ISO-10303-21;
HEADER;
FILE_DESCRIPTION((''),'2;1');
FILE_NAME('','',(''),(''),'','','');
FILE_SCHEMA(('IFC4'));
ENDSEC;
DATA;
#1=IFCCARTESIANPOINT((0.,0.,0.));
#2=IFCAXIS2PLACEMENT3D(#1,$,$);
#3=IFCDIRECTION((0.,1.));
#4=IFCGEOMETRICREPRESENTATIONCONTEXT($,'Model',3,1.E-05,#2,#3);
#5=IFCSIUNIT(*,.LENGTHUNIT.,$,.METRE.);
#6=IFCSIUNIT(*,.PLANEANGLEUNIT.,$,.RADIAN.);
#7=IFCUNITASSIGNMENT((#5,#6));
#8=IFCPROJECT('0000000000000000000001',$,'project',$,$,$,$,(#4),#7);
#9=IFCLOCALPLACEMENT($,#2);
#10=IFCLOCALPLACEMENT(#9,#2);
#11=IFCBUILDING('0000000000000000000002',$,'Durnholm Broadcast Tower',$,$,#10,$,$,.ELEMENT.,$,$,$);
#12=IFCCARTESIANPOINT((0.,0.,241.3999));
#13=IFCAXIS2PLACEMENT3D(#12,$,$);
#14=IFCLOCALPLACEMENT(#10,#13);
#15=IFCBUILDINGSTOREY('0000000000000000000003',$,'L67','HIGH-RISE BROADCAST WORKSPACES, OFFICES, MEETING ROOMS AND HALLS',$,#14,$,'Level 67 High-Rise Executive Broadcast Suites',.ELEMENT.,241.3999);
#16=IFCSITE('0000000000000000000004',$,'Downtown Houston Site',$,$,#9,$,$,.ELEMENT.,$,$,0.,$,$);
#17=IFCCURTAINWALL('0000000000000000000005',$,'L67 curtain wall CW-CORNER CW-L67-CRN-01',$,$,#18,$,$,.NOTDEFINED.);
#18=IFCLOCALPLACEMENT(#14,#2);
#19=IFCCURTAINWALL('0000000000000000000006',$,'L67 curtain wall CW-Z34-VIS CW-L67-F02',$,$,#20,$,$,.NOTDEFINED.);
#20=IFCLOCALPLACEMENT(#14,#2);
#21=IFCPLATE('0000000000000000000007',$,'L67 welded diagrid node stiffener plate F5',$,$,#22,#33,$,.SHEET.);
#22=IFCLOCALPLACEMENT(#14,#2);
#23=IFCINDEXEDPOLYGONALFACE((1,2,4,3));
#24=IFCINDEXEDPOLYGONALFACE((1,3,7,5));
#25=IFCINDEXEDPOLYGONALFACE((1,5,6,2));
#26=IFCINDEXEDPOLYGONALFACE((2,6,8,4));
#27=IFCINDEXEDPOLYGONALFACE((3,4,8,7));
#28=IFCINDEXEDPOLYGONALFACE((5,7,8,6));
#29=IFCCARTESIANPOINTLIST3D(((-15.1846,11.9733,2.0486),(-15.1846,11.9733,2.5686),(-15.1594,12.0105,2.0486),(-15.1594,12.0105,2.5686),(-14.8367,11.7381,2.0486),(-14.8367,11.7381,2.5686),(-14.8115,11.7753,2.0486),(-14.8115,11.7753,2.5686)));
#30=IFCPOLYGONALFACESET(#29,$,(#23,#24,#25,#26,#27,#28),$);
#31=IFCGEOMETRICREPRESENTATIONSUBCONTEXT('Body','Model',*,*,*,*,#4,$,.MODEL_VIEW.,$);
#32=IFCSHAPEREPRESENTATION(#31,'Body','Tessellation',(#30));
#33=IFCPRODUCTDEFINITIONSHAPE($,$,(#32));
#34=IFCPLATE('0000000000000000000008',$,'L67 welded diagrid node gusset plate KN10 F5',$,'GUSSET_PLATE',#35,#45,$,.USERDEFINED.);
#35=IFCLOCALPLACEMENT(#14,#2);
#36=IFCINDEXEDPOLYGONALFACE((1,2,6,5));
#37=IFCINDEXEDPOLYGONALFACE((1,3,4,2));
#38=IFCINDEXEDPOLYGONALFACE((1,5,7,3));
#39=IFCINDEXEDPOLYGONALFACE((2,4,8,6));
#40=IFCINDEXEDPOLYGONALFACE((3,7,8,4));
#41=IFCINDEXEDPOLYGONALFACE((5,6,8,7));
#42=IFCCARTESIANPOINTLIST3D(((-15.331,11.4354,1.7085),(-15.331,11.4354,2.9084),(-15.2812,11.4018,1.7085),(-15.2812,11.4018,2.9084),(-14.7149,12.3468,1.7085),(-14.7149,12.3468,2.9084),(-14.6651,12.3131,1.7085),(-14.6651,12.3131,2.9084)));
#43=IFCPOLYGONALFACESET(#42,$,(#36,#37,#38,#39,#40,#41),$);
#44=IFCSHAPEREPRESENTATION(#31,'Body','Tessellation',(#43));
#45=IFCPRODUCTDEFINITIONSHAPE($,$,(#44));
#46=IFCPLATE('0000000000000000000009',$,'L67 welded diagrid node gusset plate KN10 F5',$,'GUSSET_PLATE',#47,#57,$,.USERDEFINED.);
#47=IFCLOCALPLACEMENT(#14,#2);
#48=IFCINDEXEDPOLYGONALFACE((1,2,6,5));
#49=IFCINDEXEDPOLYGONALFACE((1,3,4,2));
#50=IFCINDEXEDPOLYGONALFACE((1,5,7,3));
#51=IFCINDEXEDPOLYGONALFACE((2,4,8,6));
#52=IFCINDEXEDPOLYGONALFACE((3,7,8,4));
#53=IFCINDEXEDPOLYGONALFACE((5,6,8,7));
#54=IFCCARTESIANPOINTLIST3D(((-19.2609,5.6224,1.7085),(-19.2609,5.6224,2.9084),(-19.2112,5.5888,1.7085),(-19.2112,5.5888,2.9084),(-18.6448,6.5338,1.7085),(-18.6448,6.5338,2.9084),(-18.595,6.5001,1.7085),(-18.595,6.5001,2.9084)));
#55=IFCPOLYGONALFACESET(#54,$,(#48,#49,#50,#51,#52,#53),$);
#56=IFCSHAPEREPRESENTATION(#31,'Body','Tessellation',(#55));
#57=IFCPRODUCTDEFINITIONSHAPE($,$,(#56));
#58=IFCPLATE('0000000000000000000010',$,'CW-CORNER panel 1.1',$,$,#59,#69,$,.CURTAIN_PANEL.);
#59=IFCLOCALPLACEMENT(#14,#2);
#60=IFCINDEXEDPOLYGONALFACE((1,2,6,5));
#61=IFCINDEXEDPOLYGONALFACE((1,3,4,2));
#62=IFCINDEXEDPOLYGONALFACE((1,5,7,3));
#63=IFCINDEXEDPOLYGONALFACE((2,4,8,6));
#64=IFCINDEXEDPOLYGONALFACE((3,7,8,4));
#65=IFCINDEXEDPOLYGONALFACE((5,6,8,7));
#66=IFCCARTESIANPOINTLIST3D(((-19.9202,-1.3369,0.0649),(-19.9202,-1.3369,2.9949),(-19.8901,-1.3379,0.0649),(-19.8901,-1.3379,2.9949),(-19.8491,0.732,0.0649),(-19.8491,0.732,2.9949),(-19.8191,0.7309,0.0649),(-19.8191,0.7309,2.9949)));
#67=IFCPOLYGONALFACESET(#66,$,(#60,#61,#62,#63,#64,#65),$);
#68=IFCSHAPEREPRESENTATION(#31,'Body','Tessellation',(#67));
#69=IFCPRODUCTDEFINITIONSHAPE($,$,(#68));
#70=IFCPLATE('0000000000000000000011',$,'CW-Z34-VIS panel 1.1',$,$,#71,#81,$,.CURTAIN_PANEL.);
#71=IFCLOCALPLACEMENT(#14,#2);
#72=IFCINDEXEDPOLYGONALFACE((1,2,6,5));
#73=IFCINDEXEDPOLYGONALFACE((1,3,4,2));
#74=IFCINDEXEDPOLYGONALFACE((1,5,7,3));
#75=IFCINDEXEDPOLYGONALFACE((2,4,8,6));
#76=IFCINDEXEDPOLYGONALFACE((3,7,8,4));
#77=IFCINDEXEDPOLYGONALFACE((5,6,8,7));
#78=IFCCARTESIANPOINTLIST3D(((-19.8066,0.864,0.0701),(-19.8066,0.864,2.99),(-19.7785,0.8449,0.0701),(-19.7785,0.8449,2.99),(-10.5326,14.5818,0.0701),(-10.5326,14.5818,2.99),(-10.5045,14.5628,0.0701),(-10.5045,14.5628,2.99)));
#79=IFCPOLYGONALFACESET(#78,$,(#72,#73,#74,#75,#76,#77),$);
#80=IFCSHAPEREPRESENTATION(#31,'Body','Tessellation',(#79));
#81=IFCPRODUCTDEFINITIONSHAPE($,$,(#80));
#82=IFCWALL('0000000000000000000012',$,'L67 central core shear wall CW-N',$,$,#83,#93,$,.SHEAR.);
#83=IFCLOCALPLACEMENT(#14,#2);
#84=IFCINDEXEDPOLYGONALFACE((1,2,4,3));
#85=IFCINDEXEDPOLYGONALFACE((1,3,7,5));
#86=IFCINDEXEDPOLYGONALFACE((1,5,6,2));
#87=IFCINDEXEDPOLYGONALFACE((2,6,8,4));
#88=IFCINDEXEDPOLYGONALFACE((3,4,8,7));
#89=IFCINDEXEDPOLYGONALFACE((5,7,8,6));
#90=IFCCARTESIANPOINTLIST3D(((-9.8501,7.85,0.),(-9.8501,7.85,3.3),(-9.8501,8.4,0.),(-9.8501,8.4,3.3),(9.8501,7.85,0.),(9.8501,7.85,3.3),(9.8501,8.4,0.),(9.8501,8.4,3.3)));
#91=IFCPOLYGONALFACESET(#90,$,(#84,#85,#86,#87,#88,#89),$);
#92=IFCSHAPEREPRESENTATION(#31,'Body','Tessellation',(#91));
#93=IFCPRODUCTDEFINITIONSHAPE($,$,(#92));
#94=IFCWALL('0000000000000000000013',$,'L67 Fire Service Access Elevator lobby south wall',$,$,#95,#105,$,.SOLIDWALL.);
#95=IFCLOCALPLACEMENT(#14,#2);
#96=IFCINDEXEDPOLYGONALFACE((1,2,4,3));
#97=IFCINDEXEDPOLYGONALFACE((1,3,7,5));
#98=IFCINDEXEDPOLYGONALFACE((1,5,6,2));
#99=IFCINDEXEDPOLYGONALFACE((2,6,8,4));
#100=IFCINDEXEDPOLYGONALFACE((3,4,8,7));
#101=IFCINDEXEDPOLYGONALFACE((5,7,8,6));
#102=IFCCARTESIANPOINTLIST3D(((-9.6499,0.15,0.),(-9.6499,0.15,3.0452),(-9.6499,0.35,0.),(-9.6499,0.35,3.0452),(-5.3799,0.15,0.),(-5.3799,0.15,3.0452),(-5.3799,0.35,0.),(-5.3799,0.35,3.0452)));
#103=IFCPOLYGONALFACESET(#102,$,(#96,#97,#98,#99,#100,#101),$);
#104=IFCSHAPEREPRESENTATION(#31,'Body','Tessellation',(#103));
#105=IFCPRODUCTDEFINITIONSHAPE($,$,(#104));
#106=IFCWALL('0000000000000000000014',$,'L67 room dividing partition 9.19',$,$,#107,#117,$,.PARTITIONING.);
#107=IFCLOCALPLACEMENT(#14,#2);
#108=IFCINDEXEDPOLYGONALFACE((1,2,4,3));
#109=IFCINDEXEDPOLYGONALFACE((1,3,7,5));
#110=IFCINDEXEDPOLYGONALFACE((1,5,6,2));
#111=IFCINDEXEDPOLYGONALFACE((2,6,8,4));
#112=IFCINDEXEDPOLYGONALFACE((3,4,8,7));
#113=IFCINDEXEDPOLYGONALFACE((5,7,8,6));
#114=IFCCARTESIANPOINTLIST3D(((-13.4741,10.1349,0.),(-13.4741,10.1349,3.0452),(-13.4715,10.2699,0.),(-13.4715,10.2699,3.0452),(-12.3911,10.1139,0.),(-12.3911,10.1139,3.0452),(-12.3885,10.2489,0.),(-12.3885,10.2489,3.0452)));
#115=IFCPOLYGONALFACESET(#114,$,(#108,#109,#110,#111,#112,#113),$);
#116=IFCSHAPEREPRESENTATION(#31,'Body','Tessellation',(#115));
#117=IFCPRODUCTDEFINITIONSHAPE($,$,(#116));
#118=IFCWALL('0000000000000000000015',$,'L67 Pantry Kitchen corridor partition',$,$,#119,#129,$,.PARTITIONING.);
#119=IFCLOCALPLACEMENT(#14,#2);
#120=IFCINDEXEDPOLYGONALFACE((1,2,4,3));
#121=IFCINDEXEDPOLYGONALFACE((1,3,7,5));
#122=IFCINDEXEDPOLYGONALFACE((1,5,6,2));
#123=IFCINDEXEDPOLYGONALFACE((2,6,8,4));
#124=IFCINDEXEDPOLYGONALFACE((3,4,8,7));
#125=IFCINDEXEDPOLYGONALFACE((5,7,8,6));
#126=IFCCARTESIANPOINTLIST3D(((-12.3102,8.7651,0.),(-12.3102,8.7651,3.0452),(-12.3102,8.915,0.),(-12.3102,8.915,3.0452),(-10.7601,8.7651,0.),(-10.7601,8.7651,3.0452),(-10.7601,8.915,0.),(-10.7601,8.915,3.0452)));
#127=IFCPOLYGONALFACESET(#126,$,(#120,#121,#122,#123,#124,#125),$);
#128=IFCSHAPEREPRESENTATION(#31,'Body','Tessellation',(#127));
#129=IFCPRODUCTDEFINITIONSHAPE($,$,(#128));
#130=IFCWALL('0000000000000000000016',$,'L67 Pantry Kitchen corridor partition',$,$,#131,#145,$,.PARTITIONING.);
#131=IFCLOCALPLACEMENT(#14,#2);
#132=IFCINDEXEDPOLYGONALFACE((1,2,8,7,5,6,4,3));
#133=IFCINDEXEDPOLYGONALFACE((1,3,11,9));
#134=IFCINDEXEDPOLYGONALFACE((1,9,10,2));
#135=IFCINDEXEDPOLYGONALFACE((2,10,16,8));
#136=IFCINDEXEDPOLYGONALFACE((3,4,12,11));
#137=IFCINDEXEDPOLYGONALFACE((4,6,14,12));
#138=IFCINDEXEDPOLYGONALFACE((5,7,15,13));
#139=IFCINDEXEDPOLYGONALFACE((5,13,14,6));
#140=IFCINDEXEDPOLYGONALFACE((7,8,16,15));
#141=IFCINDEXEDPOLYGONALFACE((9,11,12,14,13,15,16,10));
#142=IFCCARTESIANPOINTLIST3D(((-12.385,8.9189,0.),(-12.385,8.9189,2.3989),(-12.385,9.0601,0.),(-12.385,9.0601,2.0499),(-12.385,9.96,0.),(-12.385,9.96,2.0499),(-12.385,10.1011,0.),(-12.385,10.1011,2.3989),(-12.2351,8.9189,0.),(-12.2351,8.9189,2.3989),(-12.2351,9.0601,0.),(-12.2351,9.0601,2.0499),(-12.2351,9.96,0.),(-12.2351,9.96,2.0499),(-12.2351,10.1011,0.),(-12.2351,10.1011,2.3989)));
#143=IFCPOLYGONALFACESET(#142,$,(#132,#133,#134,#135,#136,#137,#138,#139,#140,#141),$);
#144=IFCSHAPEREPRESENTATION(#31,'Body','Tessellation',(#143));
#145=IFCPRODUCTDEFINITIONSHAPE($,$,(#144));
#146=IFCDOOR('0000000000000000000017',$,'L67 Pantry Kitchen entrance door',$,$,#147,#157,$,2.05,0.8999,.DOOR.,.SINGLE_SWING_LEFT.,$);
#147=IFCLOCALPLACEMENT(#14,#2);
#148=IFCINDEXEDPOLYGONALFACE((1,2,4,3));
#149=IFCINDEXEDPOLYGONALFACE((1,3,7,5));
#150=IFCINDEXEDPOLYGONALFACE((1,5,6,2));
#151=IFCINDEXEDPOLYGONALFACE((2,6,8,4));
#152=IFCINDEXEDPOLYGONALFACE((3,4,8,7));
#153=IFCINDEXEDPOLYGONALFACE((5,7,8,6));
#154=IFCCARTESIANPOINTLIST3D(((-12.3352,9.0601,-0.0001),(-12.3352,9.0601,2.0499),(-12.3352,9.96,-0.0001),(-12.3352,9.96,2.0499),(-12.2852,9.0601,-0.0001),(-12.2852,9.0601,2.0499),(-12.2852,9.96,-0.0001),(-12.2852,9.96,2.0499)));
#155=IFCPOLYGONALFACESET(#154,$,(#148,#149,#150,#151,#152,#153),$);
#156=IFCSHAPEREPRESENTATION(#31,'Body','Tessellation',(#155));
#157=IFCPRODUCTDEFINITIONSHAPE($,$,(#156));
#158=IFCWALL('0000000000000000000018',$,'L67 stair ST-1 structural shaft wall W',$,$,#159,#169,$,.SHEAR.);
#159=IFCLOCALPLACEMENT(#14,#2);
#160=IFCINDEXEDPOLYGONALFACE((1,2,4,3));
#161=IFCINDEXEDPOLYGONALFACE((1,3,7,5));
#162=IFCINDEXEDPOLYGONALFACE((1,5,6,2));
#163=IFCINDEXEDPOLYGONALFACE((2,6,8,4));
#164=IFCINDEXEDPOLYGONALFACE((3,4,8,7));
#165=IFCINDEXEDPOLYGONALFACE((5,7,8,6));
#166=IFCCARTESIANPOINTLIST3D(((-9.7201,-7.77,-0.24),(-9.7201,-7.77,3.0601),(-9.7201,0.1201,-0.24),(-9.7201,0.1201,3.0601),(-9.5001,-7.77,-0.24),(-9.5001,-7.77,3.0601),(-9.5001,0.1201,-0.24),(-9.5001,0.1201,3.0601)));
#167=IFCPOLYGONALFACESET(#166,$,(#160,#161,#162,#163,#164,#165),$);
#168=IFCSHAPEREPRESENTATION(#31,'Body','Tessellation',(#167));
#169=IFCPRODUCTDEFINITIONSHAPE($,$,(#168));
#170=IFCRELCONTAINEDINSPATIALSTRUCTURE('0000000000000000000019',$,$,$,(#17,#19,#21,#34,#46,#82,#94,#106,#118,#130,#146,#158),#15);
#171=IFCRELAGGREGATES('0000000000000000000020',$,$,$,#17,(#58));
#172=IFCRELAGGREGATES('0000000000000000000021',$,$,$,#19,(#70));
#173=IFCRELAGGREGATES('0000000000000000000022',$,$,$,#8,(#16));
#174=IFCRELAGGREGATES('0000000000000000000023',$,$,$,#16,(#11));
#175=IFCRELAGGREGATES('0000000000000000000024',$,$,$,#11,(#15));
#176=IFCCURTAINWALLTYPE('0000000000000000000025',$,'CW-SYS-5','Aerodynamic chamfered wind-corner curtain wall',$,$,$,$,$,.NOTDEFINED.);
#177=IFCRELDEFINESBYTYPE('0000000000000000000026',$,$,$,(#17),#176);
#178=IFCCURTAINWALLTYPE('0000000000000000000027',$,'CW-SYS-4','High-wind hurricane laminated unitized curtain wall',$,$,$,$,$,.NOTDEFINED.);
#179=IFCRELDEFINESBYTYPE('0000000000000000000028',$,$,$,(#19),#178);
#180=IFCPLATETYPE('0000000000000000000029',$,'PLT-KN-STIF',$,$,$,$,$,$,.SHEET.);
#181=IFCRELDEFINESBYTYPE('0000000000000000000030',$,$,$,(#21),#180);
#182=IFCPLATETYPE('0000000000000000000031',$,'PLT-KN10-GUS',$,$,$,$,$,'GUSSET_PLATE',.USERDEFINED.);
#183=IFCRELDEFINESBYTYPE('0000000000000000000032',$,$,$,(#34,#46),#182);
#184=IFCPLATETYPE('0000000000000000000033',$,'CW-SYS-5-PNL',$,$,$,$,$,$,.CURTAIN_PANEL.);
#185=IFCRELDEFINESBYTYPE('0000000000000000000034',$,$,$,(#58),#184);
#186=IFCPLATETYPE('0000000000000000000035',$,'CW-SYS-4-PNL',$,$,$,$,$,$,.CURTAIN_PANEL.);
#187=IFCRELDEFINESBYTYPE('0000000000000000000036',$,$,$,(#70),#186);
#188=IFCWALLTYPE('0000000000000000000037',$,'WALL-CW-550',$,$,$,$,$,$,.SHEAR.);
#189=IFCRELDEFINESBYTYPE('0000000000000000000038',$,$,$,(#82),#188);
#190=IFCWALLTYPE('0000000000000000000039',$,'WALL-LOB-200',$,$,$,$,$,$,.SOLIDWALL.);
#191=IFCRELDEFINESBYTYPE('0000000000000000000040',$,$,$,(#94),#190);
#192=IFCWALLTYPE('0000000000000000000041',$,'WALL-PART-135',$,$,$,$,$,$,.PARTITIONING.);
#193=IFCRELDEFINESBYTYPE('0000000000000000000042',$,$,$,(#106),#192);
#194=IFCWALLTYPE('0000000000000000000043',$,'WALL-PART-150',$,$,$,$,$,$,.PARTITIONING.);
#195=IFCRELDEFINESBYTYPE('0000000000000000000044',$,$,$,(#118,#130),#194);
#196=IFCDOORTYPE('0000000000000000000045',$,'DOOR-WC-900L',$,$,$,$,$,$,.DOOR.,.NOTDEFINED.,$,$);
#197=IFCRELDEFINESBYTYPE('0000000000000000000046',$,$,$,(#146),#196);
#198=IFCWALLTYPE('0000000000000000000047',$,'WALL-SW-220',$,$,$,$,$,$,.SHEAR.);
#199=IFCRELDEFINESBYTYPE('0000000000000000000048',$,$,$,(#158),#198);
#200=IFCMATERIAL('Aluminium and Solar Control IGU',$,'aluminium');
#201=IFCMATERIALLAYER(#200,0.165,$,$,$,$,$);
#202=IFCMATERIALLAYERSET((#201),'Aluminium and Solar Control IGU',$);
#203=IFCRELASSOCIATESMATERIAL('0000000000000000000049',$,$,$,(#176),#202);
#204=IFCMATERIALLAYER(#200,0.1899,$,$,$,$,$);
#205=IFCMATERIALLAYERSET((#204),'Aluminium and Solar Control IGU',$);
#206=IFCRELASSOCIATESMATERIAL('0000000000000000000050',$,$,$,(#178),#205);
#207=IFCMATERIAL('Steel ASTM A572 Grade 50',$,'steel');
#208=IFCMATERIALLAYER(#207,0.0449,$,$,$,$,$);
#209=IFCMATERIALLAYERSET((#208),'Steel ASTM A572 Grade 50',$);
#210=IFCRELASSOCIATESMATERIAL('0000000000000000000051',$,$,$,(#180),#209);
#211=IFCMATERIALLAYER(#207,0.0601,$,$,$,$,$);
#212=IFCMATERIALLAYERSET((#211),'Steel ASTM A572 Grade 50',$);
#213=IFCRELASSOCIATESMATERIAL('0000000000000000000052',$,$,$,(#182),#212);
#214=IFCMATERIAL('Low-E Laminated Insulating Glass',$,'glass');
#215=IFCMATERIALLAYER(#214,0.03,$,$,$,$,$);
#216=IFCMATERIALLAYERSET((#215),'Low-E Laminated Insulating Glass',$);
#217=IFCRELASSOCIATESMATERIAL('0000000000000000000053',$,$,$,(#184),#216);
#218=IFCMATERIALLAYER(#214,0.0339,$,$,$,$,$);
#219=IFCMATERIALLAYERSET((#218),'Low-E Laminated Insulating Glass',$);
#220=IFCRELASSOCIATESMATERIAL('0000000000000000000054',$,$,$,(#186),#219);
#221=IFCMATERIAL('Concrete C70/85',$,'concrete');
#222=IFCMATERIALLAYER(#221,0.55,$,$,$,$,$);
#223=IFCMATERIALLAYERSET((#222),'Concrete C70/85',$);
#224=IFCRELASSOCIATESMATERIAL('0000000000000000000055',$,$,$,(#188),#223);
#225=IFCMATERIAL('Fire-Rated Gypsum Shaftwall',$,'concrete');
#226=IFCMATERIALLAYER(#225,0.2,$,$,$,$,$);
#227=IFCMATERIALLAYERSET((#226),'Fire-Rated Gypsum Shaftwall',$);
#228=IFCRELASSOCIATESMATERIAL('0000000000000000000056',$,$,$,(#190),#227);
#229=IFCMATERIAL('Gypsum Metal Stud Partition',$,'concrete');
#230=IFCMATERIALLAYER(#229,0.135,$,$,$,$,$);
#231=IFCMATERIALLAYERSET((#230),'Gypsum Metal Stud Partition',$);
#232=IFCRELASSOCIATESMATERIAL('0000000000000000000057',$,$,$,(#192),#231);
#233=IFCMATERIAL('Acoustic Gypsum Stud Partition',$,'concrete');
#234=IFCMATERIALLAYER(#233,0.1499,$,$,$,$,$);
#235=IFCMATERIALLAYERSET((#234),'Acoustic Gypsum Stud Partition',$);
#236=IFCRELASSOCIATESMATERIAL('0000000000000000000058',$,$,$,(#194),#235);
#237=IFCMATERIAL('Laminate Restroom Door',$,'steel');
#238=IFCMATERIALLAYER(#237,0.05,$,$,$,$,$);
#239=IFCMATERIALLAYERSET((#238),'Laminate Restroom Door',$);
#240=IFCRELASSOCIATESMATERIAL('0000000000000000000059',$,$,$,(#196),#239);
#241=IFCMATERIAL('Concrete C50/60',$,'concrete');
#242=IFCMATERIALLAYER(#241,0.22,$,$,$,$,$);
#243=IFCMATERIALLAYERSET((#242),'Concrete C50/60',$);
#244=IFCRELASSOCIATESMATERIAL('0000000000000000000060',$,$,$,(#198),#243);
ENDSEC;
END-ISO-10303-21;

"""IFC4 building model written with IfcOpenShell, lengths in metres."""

from ifc_helpers import new_model, si_unit, direction, frame, frame_2d, origin, origin_2d, place, context, subcontext, project, spatial, rectangle, extrude, source, transform, mapped, material, layer, layer_set, type_object, type_shapes, element, fill, aggregate, save


model = new_model("IFC4")

# Units and contexts
model_context = context("Model", 3, precision=1e-05, world=origin(), true_north=direction((0.0, 1.0)))
body_context = subcontext(model_context, "Body", "Model", "MODEL_VIEW")
ifc_project = project(units=[si_unit("LENGTHUNIT", "METRE"), si_unit("PLANEANGLEUNIT", "RADIAN")], contexts=[model_context])

# Site, building, storey
site_placement = place(None, origin())
site = spatial("IfcSite", under=ifc_project, at=site_placement, Name="Downtown Houston Site", CompositionType="ELEMENT", RefElevation=0.0)
building_placement = place(site_placement, origin())
building = spatial("IfcBuilding", under=site, at=building_placement, Name="Durnholm Broadcast Tower", CompositionType="ELEMENT")
storey_placement = place(building_placement, frame((0.0, 0.0, 241.3999)))
storey = spatial("IfcBuildingStorey", under=building, at=storey_placement, Name="L67", Description="HIGH-RISE BROADCAST WORKSPACES, OFFICES, MEETING ROOMS AND HALLS", LongName="Level 67 High-Rise Executive Broadcast Suites", CompositionType="ELEMENT", Elevation=241.3999)

# Shared definitions
ifc_material_1 = material(Name="Concrete C70/85", Category="concrete")

# Shared definitions
ifc_material_2 = material(Name="Aluminium and Solar Control IGU", Category="aluminium")
ifc_layer_1 = layer(ifc_material_2, 0.165)
ifc_layer_set_1 = layer_set([ifc_layer_1], Name="Aluminium and Solar Control IGU")
curtain_wall_type_1 = type_object("IfcCurtainWallType", Name="CW-SYS-5", Description="Aerodynamic chamfered wind-corner curtain wall", PredefinedType="NOTDEFINED", material=ifc_layer_set_1)

# Curtain wall
curtain_wall_1_placement = place(storey_placement, origin())
curtain_wall_1 = element("IfcCurtainWall", 1, at=curtain_wall_1_placement, inside=storey, type_object=curtain_wall_type_1, Name="L67 curtain wall CW-CORNER CW-L67-CRN-01", PredefinedType="NOTDEFINED")

# Curtain wall
ifc_layer_2 = layer(ifc_material_2, 0.1899)
ifc_layer_set_2 = layer_set([ifc_layer_2], Name="Aluminium and Solar Control IGU")
curtain_wall_type_2 = type_object("IfcCurtainWallType", Name="CW-SYS-4", Description="High-wind hurricane laminated unitized curtain wall", PredefinedType="NOTDEFINED", material=ifc_layer_set_2)
curtain_wall_2_placement = place(storey_placement, origin())
curtain_wall_2 = element("IfcCurtainWall", 2, at=curtain_wall_2_placement, inside=storey, type_object=curtain_wall_type_2, Name="L67 curtain wall CW-Z34-VIS CW-L67-F02", PredefinedType="NOTDEFINED")

# Plates
ifc_material_3 = material(Name="Steel ASTM A572 Grade 50", Category="steel")
ifc_layer_3 = layer(ifc_material_3, 0.0449)
ifc_layer_set_3 = layer_set([ifc_layer_3], Name="Steel ASTM A572 Grade 50")
plate_type_1 = type_object("IfcPlateType", Name="PLT-KN-STIF", PredefinedType="SHEET", material=ifc_layer_set_3)
shared_shape_1 = source(origin(), body_context, "Body", "SweptSolid", [
    extrude(rectangle(XDim=0.0449, YDim=0.4199, at=origin_2d()), origin(), (0.0, 0.0, 1.0), 0.52),
])
type_shapes(plate_type_1, [shared_shape_1])
plate_1_placement = place(storey_placement, frame((-14.998, 11.8743, 2.0486), z_axis=(0.0, 0.0, 1.0), x_axis=(-0.560061, -0.828452, 0.0)))
element("IfcPlate", 3, at=plate_1_placement, inside=storey, type_object=plate_type_1, Name="L67 welded diagrid node stiffener plate F5", PredefinedType="SHEET", context=body_context, shape_type="MappedRepresentation", body=[
    mapped(shared_shape_1, transform((0.0, 0.0, 0.0), x_axis=(1.0, 0.0, 0.0), y_axis=(0.0, 1.0, 0.0), z_axis=(0.0, 0.0, 1.0), scale=1.0)),
])
ifc_layer_4 = layer(ifc_material_3, 0.0601)
ifc_layer_set_4 = layer_set([ifc_layer_4], Name="Steel ASTM A572 Grade 50")
plate_type_2 = type_object("IfcPlateType", Name="PLT-KN10-GUS", ElementType="GUSSET_PLATE", PredefinedType="USERDEFINED", material=ifc_layer_set_4)
shared_shape_2 = source(origin(), body_context, "Body", "SweptSolid", [
    extrude(rectangle(XDim=1.1001, YDim=0.0601, at=origin_2d()), origin(), (0.0, 0.0, 1.0), 1.2),
])
type_shapes(plate_type_2, [shared_shape_2])
for number, where, z_axis, x_axis, name in (
    (4, (-14.998, 11.8743, 1.7085), (0.0, 0.0, 1.0), (-0.560061, -0.828452, 0.0), "L67 welded diagrid node gusset plate KN10 F5"),
    (5, (-18.928, 6.0613, 1.7085), (0.0, 0.0, 1.0), (-0.560061, -0.828452, 0.0), "L67 welded diagrid node gusset plate KN10 F5"),
):
    element("IfcPlate", number, at=place(storey_placement, frame(where, z_axis=z_axis, x_axis=x_axis)), inside=storey, type_object=plate_type_2, Name=name, ObjectType="GUSSET_PLATE", PredefinedType="USERDEFINED", context=body_context, shape_type="MappedRepresentation", body=[
        mapped(shared_shape_2, transform((0.0, 0.0, 0.0), x_axis=(1.0, 0.0, 0.0), y_axis=(0.0, 1.0, 0.0), z_axis=(0.0, 0.0, 1.0), scale=1.0)),
    ])

# Plates
ifc_material_4 = material(Name="Low-E Laminated Insulating Glass", Category="glass")
ifc_layer_5 = layer(ifc_material_4, 0.03)
ifc_layer_set_5 = layer_set([ifc_layer_5], Name="Low-E Laminated Insulating Glass")
plate_type_3 = type_object("IfcPlateType", Name="CW-SYS-5-PNL", PredefinedType="CURTAIN_PANEL", material=ifc_layer_set_5)
shared_shape_3 = source(origin(), body_context, "Body", "SweptSolid", [
    extrude(rectangle(XDim=2.0701, YDim=0.03, at=origin_2d()), origin(), (0.0, 0.0, 1.0), 2.9299),
])
type_shapes(plate_type_3, [shared_shape_3])
plate_2_placement = place(storey_placement, frame((-19.8696, -0.303, 0.0649), z_axis=(0.0, 0.0, 1.0), x_axis=(0.034318, 0.999411, 0.0)))
plate_2 = element("IfcPlate", 6, at=plate_2_placement, type_object=plate_type_3, Name="CW-CORNER panel 1.1", PredefinedType="CURTAIN_PANEL", context=body_context, shape_type="MappedRepresentation", body=[
    mapped(shared_shape_3, transform((0.0, 0.0, 0.0), x_axis=(1.0, 0.0, 0.0), y_axis=(0.0, 1.0, 0.0), z_axis=(0.0, 0.0, 1.0), scale=1.0)),
])
aggregate(curtain_wall_1, [plate_2])
ifc_layer_6 = layer(ifc_material_4, 0.0339)
ifc_layer_set_6 = layer_set([ifc_layer_6], Name="Low-E Laminated Insulating Glass")
plate_type_4 = type_object("IfcPlateType", Name="CW-SYS-4-PNL", PredefinedType="CURTAIN_PANEL", material=ifc_layer_set_6)
shared_shape_4 = source(origin(), body_context, "Body", "SweptSolid", [
    extrude(rectangle(XDim=16.5586, YDim=0.0339, at=origin_2d()), origin(), (0.0, 0.0, 1.0), 2.9199),
])
type_shapes(plate_type_4, [shared_shape_4])
plate_3_placement = place(storey_placement, frame((-15.1555, 7.7134, 0.0701), z_axis=(0.0, 0.0, 1.0), x_axis=(0.560073, 0.828443, 0.0)))
plate_3 = element("IfcPlate", 7, at=plate_3_placement, type_object=plate_type_4, Name="CW-Z34-VIS panel 1.1", PredefinedType="CURTAIN_PANEL", context=body_context, shape_type="MappedRepresentation", body=[
    mapped(shared_shape_4, transform((0.0, 0.0, 0.0), x_axis=(1.0, 0.0, 0.0), y_axis=(0.0, 1.0, 0.0), z_axis=(0.0, 0.0, 1.0), scale=1.0)),
])
aggregate(curtain_wall_2, [plate_3])

# Walls
ifc_layer_7 = layer(ifc_material_1, 0.55)
ifc_layer_set_7 = layer_set([ifc_layer_7], Name="Concrete C70/85")
wall_type_1 = type_object("IfcWallType", Name="WALL-CW-550", PredefinedType="SHEAR", material=ifc_layer_set_7)
wall_1_placement = place(storey_placement, frame((-9.8501, 8.125, 0.0), z_axis=(0.0, 0.0, 1.0), x_axis=(1.0, 0.0, 0.0)))
element("IfcWall", 8, at=wall_1_placement, inside=storey, type_object=wall_type_1, Name="L67 central core shear wall CW-N", PredefinedType="SHEAR", context=body_context, shape_type="SweptSolid", body=[
    extrude(rectangle(XDim=19.7002, YDim=0.55, at=frame_2d((9.8501, 0.0))), origin(), (0.0, 0.0, 1.0), 3.3),
])
ifc_material_5 = material(Name="Fire-Rated Gypsum Shaftwall", Category="concrete")
ifc_layer_8 = layer(ifc_material_5, 0.2)
ifc_layer_set_8 = layer_set([ifc_layer_8], Name="Fire-Rated Gypsum Shaftwall")
wall_type_2 = type_object("IfcWallType", Name="WALL-LOB-200", PredefinedType="SOLIDWALL", material=ifc_layer_set_8)
wall_2_placement = place(storey_placement, frame((-9.6499, 0.25, 0.0), z_axis=(0.0, 0.0, 1.0), x_axis=(1.0, 0.0, 0.0)))
element("IfcWall", 9, at=wall_2_placement, inside=storey, type_object=wall_type_2, Name="L67 Fire Service Access Elevator lobby south wall", PredefinedType="SOLIDWALL", context=body_context, shape_type="SweptSolid", body=[
    extrude(rectangle(XDim=4.27, YDim=0.2, at=frame_2d((2.135, 0.0))), origin(), (0.0, 0.0, 1.0), 3.0452),
])
ifc_material_6 = material(Name="Gypsum Metal Stud Partition", Category="concrete")
ifc_layer_9 = layer(ifc_material_6, 0.135)
ifc_layer_set_9 = layer_set([ifc_layer_9], Name="Gypsum Metal Stud Partition")
wall_type_3 = type_object("IfcWallType", Name="WALL-PART-135", PredefinedType="PARTITIONING", material=ifc_layer_set_9)
wall_3_placement = place(storey_placement, frame((-12.3899, 10.1814, 0.0), z_axis=(0.0, 0.0, 1.0), x_axis=(-0.999812, 0.019383, 0.0)))
element("IfcWall", 10, at=wall_3_placement, inside=storey, type_object=wall_type_3, Name="L67 room dividing partition 9.19", PredefinedType="PARTITIONING", context=body_context, shape_type="SweptSolid", body=[
    extrude(rectangle(XDim=1.0833, YDim=0.135, at=frame_2d((0.5415, 0.0))), origin(), (0.0, 0.0, 1.0), 3.0452),
])
ifc_material_7 = material(Name="Acoustic Gypsum Stud Partition", Category="concrete")
ifc_layer_10 = layer(ifc_material_7, 0.1499)
ifc_layer_set_10 = layer_set([ifc_layer_10], Name="Acoustic Gypsum Stud Partition")
wall_type_4 = type_object("IfcWallType", Name="WALL-PART-150", PredefinedType="PARTITIONING", material=ifc_layer_set_10)
wall_4_placement = place(storey_placement, frame((-12.3101, 8.8401, 0.0), z_axis=(0.0, 0.0, 1.0), x_axis=(1.0, 0.0, 0.0)))
element("IfcWall", 11, at=wall_4_placement, inside=storey, type_object=wall_type_4, Name="L67 Pantry Kitchen corridor partition", PredefinedType="PARTITIONING", context=body_context, shape_type="SweptSolid", body=[
    extrude(rectangle(XDim=1.55, YDim=0.1499, at=frame_2d((0.7749, 0.0))), origin(), (0.0, 0.0, 1.0), 3.0452),
])

# Wall, opening, door
wall_5_placement = place(storey_placement, frame((-12.3101, 10.1011, 0.0), z_axis=(0.0, 0.0, 1.0), x_axis=(0.0, -1.0, 0.0)))
wall_5 = element("IfcWall", 12, at=wall_5_placement, inside=storey, type_object=wall_type_4, Name="L67 Pantry Kitchen corridor partition", PredefinedType="PARTITIONING", context=body_context, shape_type="SweptSolid", body=[
    extrude(rectangle(XDim=1.1821, YDim=0.1499, at=frame_2d((0.5911, 0.0))), origin(), (0.0, 0.0, 1.0), 2.3989),
])
opening_1_placement = place(wall_5_placement, frame((0.1411, 0.0, 0.0)))
opening_1 = element("IfcOpeningElement", 13, at=opening_1_placement, cuts=wall_5, PredefinedType="OPENING", context=body_context, shape_type="SweptSolid", body=[
    extrude(rectangle(XDim=0.8999, YDim=2.05, at=frame_2d((0.45, 1.0249))), frame((0.0, 0.085, 0.0), z_axis=(0.0, -1.0, 0.0), x_axis=(1.0, 0.0, 0.0)), (0.0, 0.0, 1.0), 0.1699),
])
ifc_material_8 = material(Name="Laminate Restroom Door", Category="steel")
ifc_layer_11 = layer(ifc_material_8, 0.05)
ifc_layer_set_11 = layer_set([ifc_layer_11], Name="Laminate Restroom Door")
door_type_1 = type_object("IfcDoorType", Name="DOOR-WC-900L", OperationType="NOTDEFINED", PredefinedType="DOOR", material=ifc_layer_set_11)
shared_shape_5 = source(origin(), body_context, "Body", "SweptSolid", [
    extrude(rectangle(XDim=0.8999, YDim=2.05, at=frame_2d((0.45, 1.0249))), frame((0.0, 0.0249, 0.0), z_axis=(0.0, -1.0, 0.0), x_axis=(1.0, 0.0, 0.0)), (0.0, 0.0, 1.0), 0.05),
])
type_shapes(door_type_1, [shared_shape_5])
door_1_placement = place(opening_1_placement, origin())
door_1 = element("IfcDoor", 14, at=door_1_placement, inside=storey, type_object=door_type_1, Name="L67 Pantry Kitchen entrance door", OperationType="SINGLE_SWING_LEFT", OverallHeight=2.05, OverallWidth=0.8999, PredefinedType="DOOR", context=body_context, shape_type="MappedRepresentation", body=[
    mapped(shared_shape_5, transform((0.0, 0.0, 0.0), x_axis=(1.0, 0.0, 0.0), y_axis=(0.0, 1.0, 0.0), z_axis=(0.0, 0.0, 1.0), scale=1.0)),
])
fill(opening_1, door_1)

# Wall
ifc_material_9 = material(Name="Concrete C50/60", Category="concrete")
ifc_layer_12 = layer(ifc_material_9, 0.22)
ifc_layer_set_12 = layer_set([ifc_layer_12], Name="Concrete C50/60")
wall_type_5 = type_object("IfcWallType", Name="WALL-SW-220", PredefinedType="SHEAR", material=ifc_layer_set_12)
wall_6_placement = place(storey_placement, frame((-9.6101, 0.1201, -0.24), z_axis=(0.0, 0.0, 1.0), x_axis=(0.0, -1.0, 0.0)))
element("IfcWall", 15, at=wall_6_placement, inside=storey, type_object=wall_type_5, Name="L67 stair ST-1 structural shaft wall W", PredefinedType="SHEAR", context=body_context, shape_type="SweptSolid", body=[
    extrude(rectangle(XDim=7.8901, YDim=0.22, at=frame_2d((3.9451, 0.0))), origin(), (0.0, 0.0, 1.0), 3.3),
])

save(model, "model.ifc")
